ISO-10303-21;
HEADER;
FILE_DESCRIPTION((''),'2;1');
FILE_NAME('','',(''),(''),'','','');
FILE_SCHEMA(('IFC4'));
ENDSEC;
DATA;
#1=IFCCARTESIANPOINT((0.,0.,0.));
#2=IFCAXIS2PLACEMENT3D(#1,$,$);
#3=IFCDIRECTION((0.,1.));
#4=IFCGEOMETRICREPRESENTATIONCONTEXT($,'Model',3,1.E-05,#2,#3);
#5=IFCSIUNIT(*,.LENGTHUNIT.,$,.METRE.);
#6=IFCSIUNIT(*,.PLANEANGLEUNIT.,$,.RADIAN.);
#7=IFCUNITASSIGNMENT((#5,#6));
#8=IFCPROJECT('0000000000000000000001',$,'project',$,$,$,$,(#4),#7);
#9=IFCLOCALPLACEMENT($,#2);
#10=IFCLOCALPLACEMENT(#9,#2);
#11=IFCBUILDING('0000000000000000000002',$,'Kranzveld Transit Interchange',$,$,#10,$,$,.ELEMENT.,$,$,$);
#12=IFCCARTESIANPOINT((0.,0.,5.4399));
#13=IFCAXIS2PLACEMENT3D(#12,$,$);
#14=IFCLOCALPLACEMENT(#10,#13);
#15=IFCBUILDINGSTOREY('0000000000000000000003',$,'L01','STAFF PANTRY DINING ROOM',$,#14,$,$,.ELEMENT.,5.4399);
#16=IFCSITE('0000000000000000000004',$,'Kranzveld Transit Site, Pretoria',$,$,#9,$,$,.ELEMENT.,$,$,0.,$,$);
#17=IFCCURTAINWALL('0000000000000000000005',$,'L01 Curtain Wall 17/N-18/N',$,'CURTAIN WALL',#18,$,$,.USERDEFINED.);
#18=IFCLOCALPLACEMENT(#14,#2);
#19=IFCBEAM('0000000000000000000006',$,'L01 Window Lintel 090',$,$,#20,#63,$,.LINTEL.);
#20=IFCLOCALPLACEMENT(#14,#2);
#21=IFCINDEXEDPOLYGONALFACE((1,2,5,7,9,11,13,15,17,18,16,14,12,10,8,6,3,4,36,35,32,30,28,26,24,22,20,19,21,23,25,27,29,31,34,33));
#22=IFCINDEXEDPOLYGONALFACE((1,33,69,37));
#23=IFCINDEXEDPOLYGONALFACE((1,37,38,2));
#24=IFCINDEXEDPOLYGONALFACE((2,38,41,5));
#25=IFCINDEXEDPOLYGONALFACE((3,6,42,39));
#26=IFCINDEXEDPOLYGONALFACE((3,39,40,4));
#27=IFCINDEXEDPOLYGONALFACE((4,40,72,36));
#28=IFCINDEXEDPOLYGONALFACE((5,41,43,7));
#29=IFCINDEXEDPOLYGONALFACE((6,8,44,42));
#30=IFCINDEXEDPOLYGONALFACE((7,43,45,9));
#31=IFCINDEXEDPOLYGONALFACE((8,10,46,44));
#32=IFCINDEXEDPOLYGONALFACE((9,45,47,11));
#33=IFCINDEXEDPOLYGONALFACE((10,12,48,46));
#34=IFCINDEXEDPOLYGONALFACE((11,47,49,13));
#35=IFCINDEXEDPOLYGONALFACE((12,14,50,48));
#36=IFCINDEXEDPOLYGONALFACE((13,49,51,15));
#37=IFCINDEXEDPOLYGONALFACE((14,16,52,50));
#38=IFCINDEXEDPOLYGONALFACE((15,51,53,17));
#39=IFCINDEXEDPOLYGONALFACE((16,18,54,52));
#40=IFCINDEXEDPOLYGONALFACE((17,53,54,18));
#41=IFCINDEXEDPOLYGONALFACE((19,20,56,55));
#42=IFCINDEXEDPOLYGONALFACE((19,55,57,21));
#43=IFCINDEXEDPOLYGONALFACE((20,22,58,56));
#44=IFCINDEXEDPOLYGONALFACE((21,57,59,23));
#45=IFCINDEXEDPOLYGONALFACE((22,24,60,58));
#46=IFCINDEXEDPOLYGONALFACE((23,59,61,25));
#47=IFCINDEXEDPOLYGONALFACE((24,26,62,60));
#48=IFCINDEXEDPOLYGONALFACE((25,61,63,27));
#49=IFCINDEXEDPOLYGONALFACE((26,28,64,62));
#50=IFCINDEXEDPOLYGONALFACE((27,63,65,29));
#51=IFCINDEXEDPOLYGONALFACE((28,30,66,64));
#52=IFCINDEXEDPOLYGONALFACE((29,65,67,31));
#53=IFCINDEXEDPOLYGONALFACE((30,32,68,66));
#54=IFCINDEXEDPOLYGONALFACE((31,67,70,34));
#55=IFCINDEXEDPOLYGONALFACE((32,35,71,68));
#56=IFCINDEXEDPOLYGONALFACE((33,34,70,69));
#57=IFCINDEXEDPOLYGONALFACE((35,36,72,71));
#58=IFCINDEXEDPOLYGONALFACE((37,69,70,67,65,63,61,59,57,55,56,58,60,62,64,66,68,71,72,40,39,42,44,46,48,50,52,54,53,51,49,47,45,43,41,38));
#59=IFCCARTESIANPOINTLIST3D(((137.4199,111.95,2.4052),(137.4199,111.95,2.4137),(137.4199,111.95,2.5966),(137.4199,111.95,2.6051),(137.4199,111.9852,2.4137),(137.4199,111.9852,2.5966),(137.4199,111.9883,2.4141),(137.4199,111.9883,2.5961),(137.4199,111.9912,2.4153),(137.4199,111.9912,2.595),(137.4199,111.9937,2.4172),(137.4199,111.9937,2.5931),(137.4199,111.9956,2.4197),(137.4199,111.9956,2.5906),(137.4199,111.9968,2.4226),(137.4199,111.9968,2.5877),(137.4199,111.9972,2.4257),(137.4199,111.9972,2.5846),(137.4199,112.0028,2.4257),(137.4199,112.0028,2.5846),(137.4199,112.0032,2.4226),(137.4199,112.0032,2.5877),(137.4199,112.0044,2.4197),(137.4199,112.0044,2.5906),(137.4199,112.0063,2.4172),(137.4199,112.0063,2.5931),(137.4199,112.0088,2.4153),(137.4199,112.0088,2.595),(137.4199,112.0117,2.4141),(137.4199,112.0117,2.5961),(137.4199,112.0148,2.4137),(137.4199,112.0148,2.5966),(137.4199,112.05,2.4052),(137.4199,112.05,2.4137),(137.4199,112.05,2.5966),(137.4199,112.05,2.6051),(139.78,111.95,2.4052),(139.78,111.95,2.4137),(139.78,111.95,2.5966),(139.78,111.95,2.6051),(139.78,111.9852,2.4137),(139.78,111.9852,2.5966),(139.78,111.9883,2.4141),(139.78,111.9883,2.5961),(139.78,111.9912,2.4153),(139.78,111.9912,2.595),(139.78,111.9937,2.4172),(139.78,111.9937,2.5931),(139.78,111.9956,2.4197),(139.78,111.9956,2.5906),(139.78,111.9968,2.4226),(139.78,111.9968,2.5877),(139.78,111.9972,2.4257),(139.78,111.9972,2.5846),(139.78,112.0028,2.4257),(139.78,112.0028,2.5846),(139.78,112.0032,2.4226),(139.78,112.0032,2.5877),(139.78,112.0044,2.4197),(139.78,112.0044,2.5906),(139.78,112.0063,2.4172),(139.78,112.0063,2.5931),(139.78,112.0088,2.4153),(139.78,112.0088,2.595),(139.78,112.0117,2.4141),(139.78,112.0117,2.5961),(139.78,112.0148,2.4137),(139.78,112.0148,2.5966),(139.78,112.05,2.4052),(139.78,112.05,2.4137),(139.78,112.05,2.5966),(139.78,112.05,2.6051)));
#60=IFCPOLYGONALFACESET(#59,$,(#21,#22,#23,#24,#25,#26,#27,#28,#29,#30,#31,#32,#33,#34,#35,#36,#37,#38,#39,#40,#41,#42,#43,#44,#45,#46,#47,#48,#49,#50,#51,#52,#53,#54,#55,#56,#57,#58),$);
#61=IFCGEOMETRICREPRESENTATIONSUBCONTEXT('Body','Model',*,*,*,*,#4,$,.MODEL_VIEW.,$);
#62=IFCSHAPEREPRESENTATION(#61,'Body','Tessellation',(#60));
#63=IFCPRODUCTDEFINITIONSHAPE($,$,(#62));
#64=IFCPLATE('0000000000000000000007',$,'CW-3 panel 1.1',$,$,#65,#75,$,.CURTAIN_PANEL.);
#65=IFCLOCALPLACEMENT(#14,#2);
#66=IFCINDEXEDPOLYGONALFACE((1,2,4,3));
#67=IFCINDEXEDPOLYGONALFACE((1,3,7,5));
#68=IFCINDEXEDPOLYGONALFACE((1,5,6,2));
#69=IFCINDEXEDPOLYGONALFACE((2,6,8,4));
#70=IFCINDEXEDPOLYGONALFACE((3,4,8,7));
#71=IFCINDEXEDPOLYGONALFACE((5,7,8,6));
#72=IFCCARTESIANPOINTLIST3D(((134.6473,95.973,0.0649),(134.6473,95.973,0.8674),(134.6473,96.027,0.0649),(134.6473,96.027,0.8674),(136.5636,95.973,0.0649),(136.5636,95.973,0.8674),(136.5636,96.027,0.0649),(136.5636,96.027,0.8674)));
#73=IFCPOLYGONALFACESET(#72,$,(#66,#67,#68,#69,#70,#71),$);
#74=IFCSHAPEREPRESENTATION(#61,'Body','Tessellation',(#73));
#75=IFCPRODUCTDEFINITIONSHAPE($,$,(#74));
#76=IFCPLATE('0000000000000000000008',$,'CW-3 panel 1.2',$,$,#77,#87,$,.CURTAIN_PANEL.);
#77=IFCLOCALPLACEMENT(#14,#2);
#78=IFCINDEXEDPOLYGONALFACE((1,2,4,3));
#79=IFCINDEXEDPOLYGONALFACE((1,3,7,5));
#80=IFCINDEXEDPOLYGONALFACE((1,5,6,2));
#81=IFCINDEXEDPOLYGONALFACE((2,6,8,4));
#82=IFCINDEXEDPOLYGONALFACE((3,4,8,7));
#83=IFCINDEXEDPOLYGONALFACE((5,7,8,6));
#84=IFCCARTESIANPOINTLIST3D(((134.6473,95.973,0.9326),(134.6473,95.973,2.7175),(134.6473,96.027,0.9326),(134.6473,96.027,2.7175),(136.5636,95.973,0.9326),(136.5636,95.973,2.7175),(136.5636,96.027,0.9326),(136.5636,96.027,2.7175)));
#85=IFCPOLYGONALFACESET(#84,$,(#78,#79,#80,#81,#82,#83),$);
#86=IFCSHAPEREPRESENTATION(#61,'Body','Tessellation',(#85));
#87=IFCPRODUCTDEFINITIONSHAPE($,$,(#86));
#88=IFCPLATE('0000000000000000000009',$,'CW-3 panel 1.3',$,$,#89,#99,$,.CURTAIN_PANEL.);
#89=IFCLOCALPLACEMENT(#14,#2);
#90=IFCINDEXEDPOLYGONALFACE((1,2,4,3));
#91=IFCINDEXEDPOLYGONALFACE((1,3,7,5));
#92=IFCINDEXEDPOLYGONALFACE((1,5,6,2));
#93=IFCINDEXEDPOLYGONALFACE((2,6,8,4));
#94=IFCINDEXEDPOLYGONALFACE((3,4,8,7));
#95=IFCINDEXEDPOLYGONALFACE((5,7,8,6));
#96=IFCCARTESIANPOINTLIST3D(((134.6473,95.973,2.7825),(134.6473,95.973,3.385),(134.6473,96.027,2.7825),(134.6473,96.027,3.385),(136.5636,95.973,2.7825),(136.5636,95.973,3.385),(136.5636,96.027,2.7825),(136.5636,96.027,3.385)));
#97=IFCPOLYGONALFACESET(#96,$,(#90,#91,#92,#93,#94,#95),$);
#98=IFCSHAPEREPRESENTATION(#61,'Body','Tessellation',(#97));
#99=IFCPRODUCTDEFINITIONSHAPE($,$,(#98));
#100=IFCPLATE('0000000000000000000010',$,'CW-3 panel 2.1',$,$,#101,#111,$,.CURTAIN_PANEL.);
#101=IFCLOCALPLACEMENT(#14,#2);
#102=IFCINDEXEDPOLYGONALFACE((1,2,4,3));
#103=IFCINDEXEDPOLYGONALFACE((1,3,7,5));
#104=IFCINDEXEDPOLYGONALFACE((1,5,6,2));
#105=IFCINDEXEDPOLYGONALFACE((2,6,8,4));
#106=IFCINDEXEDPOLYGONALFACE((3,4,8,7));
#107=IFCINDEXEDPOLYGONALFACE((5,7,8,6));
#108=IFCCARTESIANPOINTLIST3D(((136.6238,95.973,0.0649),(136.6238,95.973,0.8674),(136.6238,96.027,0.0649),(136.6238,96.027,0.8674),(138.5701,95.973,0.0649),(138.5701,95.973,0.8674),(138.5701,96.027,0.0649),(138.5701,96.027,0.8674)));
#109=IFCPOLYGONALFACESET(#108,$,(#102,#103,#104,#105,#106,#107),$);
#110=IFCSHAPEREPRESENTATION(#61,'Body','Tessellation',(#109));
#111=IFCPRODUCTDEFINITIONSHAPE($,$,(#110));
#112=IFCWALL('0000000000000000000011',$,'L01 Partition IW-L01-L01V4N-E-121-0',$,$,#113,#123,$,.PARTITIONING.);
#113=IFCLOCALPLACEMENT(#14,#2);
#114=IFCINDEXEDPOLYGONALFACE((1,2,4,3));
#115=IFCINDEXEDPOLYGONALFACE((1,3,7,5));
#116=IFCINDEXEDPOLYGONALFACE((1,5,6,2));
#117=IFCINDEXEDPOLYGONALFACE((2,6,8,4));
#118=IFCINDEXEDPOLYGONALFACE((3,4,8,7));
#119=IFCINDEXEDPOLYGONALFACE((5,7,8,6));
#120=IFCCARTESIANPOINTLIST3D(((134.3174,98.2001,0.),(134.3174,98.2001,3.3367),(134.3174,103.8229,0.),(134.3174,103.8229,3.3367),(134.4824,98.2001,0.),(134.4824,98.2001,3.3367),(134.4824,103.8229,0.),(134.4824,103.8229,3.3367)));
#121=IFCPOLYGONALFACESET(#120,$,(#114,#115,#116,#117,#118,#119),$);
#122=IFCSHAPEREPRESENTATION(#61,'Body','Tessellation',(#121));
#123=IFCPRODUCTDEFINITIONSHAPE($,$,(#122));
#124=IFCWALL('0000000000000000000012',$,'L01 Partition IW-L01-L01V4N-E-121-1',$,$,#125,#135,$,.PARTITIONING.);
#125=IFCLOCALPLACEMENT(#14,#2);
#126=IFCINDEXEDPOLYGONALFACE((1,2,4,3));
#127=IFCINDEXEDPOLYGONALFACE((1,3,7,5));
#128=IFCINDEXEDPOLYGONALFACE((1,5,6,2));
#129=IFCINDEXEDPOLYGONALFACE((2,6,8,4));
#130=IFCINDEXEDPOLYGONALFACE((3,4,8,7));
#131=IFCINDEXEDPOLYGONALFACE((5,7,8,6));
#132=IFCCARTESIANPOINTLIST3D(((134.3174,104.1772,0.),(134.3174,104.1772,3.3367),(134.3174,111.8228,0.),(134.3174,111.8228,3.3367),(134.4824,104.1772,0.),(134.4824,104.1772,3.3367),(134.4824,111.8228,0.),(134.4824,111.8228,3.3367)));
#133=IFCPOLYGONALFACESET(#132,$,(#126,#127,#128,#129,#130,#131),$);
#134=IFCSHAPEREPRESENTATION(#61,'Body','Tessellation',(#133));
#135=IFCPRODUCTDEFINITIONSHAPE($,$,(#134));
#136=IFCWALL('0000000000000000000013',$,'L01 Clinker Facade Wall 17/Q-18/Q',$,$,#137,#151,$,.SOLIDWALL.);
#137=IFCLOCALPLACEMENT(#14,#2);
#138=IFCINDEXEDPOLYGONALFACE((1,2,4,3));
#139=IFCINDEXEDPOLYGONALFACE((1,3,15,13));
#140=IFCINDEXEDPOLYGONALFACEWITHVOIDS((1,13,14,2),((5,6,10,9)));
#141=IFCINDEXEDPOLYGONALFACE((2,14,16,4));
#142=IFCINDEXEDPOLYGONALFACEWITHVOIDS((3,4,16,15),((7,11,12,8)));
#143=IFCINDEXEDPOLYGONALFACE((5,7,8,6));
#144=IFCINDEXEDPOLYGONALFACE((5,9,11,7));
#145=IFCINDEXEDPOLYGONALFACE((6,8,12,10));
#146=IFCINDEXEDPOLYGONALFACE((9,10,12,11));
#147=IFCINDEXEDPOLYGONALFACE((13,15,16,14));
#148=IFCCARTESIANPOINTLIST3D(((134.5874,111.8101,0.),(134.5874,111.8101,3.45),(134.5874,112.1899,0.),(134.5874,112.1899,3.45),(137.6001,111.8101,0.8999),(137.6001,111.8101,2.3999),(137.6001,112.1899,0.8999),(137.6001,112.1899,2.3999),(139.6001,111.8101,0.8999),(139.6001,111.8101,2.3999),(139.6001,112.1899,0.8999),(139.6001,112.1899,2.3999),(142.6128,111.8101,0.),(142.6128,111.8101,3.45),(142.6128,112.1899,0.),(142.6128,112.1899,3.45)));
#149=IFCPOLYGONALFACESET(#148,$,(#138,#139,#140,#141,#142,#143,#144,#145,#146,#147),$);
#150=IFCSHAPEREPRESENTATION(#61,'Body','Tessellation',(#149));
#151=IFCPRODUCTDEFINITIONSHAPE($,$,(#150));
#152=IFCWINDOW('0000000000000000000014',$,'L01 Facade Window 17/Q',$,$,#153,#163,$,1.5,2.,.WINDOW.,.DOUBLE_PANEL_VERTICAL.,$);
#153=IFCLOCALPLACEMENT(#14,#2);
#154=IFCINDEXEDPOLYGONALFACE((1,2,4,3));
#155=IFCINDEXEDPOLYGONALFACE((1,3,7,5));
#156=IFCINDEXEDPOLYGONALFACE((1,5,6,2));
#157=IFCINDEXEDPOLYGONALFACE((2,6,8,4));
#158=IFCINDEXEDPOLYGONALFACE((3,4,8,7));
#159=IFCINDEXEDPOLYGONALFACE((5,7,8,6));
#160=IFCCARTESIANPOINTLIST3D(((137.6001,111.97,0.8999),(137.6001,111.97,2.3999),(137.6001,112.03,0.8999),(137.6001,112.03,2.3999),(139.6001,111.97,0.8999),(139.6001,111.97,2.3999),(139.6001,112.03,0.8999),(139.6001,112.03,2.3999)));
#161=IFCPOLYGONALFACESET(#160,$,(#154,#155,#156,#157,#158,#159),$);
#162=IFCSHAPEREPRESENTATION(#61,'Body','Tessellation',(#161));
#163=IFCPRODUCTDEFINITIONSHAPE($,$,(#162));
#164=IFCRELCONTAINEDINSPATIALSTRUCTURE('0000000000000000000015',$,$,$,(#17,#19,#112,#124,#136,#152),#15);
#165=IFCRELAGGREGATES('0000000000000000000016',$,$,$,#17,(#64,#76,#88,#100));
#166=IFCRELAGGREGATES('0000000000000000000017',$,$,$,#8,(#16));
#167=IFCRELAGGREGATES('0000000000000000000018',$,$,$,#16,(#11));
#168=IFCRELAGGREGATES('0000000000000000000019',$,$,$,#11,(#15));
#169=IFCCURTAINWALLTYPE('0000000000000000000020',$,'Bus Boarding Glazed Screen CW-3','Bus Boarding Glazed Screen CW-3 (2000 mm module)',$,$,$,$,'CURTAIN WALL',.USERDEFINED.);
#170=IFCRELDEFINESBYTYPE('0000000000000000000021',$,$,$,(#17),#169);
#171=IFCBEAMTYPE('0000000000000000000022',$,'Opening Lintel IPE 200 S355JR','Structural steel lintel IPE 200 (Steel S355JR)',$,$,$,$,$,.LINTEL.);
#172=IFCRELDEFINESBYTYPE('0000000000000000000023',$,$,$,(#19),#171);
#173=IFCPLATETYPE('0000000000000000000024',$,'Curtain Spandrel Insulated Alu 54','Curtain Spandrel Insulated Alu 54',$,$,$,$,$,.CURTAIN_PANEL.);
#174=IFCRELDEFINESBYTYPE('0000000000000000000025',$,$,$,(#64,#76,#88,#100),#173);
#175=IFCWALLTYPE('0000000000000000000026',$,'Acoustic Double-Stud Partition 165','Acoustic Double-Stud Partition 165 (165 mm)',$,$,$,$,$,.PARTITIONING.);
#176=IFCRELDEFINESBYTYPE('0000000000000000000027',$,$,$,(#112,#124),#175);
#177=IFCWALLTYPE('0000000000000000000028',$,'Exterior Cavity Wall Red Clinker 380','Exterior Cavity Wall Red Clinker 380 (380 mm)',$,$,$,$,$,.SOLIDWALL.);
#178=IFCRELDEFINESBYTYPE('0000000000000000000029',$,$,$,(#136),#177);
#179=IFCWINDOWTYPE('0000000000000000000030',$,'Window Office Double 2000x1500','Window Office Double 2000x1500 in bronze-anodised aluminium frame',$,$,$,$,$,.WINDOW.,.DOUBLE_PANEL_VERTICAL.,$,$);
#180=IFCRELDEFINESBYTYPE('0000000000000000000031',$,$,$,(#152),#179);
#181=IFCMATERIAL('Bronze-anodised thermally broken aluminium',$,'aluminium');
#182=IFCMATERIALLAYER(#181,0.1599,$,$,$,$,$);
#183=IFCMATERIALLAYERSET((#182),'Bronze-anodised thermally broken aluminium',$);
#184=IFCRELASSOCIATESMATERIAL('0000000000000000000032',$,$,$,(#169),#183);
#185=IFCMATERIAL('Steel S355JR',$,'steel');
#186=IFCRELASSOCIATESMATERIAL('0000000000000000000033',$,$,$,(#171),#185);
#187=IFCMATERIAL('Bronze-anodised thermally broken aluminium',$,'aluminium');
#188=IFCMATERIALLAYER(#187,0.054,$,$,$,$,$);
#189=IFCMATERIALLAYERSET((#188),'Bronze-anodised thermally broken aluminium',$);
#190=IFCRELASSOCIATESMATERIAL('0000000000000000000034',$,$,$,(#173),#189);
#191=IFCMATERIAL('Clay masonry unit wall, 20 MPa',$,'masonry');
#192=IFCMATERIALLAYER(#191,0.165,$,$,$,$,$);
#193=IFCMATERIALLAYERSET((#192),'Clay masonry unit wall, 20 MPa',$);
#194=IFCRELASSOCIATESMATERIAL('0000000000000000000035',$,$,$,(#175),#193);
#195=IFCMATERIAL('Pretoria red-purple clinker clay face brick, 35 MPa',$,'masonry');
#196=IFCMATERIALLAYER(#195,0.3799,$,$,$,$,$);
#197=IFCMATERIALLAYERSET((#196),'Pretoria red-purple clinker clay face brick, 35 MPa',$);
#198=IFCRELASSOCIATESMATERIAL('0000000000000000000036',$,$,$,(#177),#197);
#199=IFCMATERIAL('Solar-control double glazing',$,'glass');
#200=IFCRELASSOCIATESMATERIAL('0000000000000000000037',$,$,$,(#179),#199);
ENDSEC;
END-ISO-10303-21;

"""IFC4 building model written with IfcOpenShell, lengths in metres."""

from ifc_helpers import new_model, si_unit, direction, frame, frame_2d, origin, origin_2d, place, context, subcontext, project, spatial, rectangle, i_section, extrude, material, layer, layer_set, material_profile, profile_set, type_object, element, fill, aggregate, save


model = new_model("IFC4")

# Units and contexts
model_context = context("Model", 3, precision=1e-05, world=origin(), true_north=direction((0.0, 1.0)))
body_context = subcontext(model_context, "Body", "Model", "MODEL_VIEW")
ifc_project = project(units=[si_unit("LENGTHUNIT", "METRE"), si_unit("PLANEANGLEUNIT", "RADIAN")], contexts=[model_context])

# Site, building, storey
site_placement = place(None, origin())
site = spatial("IfcSite", under=ifc_project, at=site_placement, Name="Kranzveld Transit Site, Pretoria", CompositionType="ELEMENT", RefElevation=0.0)
building_placement = place(site_placement, origin())
building = spatial("IfcBuilding", under=site, at=building_placement, Name="Kranzveld Transit Interchange", CompositionType="ELEMENT")
storey_placement = place(building_placement, frame((0.0, 0.0, 5.4399)))
storey = spatial("IfcBuildingStorey", under=building, at=storey_placement, Name="L01", Description="STAFF PANTRY DINING ROOM", CompositionType="ELEMENT", Elevation=5.4399)

# Curtain wall
ifc_material_1 = material(Name="Bronze-anodised thermally broken aluminium", Category="aluminium")
ifc_layer_1 = layer(ifc_material_1, 0.1599)
ifc_layer_set_1 = layer_set([ifc_layer_1], Name="Bronze-anodised thermally broken aluminium")
curtain_wall_type = type_object("IfcCurtainWallType", Name="Bus Boarding Glazed Screen CW-3", Description="Bus Boarding Glazed Screen CW-3 (2000 mm module)", ElementType="CURTAIN WALL", PredefinedType="USERDEFINED", material=ifc_layer_set_1)
curtain_wall_placement = place(storey_placement, origin())
curtain_wall = element("IfcCurtainWall", 1, at=curtain_wall_placement, inside=storey, type_object=curtain_wall_type, Name="L01 Curtain Wall 17/N-18/N", ObjectType="CURTAIN WALL", PredefinedType="USERDEFINED")

# Beam
ifc_material_2 = material(Name="Steel S355JR", Category="steel")
ifc_material_profile_1 = material_profile(ifc_material_2, i_section(OverallWidth=0.1001, OverallDepth=0.2, WebThickness=0.0056, FlangeThickness=0.0085, FilletRadius=0.012, at=origin_2d()), Name="IPE 200")
ifc_profile_set_1 = profile_set([ifc_material_profile_1], Name="Steel S355JR")
beam_type_1 = type_object("IfcBeamType", Name="Opening Lintel IPE 200 S355JR", Description="Structural steel lintel IPE 200 (Steel S355JR)", PredefinedType="LINTEL", material=ifc_profile_set_1)
beam_1_placement = place(storey_placement, frame((137.4199, 112.0, 2.5051), z_axis=(1.0, 0.0, 0.0), x_axis=(0.0, 1.0, 0.0)))
element("IfcBeam", 2, at=beam_1_placement, inside=storey, type_object=beam_type_1, Name="L01 Window Lintel 090", PredefinedType="LINTEL", context=body_context, shape_type="SweptSolid", body=[
    extrude(i_section(OverallWidth=0.1001, OverallDepth=0.2, WebThickness=0.0056, FlangeThickness=0.0085, FilletRadius=0.012, at=origin_2d()), origin(), (0.0, 0.0, 1.0), 2.3601),
])

# Plates
ifc_material_3 = material(Name="Bronze-anodised thermally broken aluminium", Category="aluminium")
ifc_layer_2 = layer(ifc_material_3, 0.054)
ifc_layer_set_2 = layer_set([ifc_layer_2], Name="Bronze-anodised thermally broken aluminium")
plate_type = type_object("IfcPlateType", Name="Curtain Spandrel Insulated Alu 54", Description="Curtain Spandrel Insulated Alu 54", PredefinedType="CURTAIN_PANEL", material=ifc_layer_set_2)
plate_1_placement = place(storey_placement, frame((135.6055, 96.0, 0.0649), z_axis=(0.0, 0.0, 1.0), x_axis=(1.0, 0.0, 0.0)))
plate_1 = element("IfcPlate", 3, at=plate_1_placement, type_object=plate_type, Name="CW-3 panel 1.1", PredefinedType="CURTAIN_PANEL", context=body_context, shape_type="SweptSolid", body=[
    extrude(rectangle(XDim=1.9163, YDim=0.054, at=origin_2d()), origin(), (0.0, 0.0, 1.0), 0.8025),
])
plate_2_placement = place(storey_placement, frame((135.6055, 96.0, 0.9326), z_axis=(0.0, 0.0, 1.0), x_axis=(1.0, 0.0, 0.0)))
plate_2 = element("IfcPlate", 4, at=plate_2_placement, type_object=plate_type, Name="CW-3 panel 1.2", PredefinedType="CURTAIN_PANEL", context=body_context, shape_type="SweptSolid", body=[
    extrude(rectangle(XDim=1.9163, YDim=0.054, at=origin_2d()), origin(), (0.0, 0.0, 1.0), 1.7849),
])
plate_3_placement = place(storey_placement, frame((135.6055, 96.0, 2.7825), z_axis=(0.0, 0.0, 1.0), x_axis=(1.0, 0.0, 0.0)))
plate_3 = element("IfcPlate", 5, at=plate_3_placement, type_object=plate_type, Name="CW-3 panel 1.3", PredefinedType="CURTAIN_PANEL", context=body_context, shape_type="SweptSolid", body=[
    extrude(rectangle(XDim=1.9163, YDim=0.054, at=origin_2d()), origin(), (0.0, 0.0, 1.0), 0.6025),
])
plate_4_placement = place(storey_placement, frame((137.5969, 96.0, 0.0649), z_axis=(0.0, 0.0, 1.0), x_axis=(1.0, 0.0, 0.0)))
plate_4 = element("IfcPlate", 6, at=plate_4_placement, type_object=plate_type, Name="CW-3 panel 2.1", PredefinedType="CURTAIN_PANEL", context=body_context, shape_type="SweptSolid", body=[
    extrude(rectangle(XDim=1.9463, YDim=0.054, at=origin_2d()), origin(), (0.0, 0.0, 1.0), 0.8025),
])
aggregate(curtain_wall, [plate_1, plate_2, plate_3, plate_4])

# Walls
ifc_material_4 = material(Name="Clay masonry unit wall, 20 MPa", Category="masonry")
ifc_layer_3 = layer(ifc_material_4, 0.165)
ifc_layer_set_3 = layer_set([ifc_layer_3], Name="Clay masonry unit wall, 20 MPa")
wall_type_1 = type_object("IfcWallType", Name="Acoustic Double-Stud Partition 165", Description="Acoustic Double-Stud Partition 165 (165 mm)", PredefinedType="PARTITIONING", material=ifc_layer_set_3)
wall_1_placement = place(storey_placement, frame((134.3999, 98.2, 0.0), z_axis=(0.0, 0.0, 1.0), x_axis=(0.0, 1.0, 0.0)))
element("IfcWall", 7, at=wall_1_placement, inside=storey, type_object=wall_type_1, Name="L01 Partition IW-L01-L01V4N-E-121-0", PredefinedType="PARTITIONING", context=body_context, shape_type="SweptSolid", body=[
    extrude(rectangle(XDim=5.6228, YDim=0.165, at=frame_2d((2.8115, 0.0))), origin(), (0.0, 0.0, 1.0), 3.3367),
])
wall_2_placement = place(storey_placement, frame((134.3999, 104.1772, 0.0), z_axis=(0.0, 0.0, 1.0), x_axis=(0.0, 1.0, 0.0)))
element("IfcWall", 8, at=wall_2_placement, inside=storey, type_object=wall_type_1, Name="L01 Partition IW-L01-L01V4N-E-121-1", PredefinedType="PARTITIONING", context=body_context, shape_type="SweptSolid", body=[
    extrude(rectangle(XDim=7.6455, YDim=0.165, at=frame_2d((3.8228, 0.0))), origin(), (0.0, 0.0, 1.0), 3.3367),
])

# Wall, opening, window
ifc_material_5 = material(Name="Pretoria red-purple clinker clay face brick, 35 MPa", Category="masonry")
ifc_layer_4 = layer(ifc_material_5, 0.3799)
ifc_layer_set_4 = layer_set([ifc_layer_4], Name="Pretoria red-purple clinker clay face brick, 35 MPa")
wall_type_2 = type_object("IfcWallType", Name="Exterior Cavity Wall Red Clinker 380", Description="Exterior Cavity Wall Red Clinker 380 (380 mm)", PredefinedType="SOLIDWALL", material=ifc_layer_set_4)
wall_3_placement = place(storey_placement, frame((134.5874, 112.0, 0.0), z_axis=(0.0, 0.0, 1.0), x_axis=(1.0, 0.0, 0.0)))
wall_3 = element("IfcWall", 9, at=wall_3_placement, inside=storey, type_object=wall_type_2, Name="L01 Clinker Facade Wall 17/Q-18/Q", PredefinedType="SOLIDWALL", context=body_context, shape_type="SweptSolid", body=[
    extrude(rectangle(XDim=8.0254, YDim=0.3799, at=frame_2d((4.0127, 0.0))), origin(), (0.0, 0.0, 1.0), 3.45),
])
opening_1_placement = place(wall_3_placement, frame((3.0127, 0.0, 0.8999), z_axis=(0.0, 0.0, 1.0), x_axis=(1.0, 0.0, 0.0)))
opening_1 = element("IfcOpeningElement", 10, at=opening_1_placement, cuts=wall_3, PredefinedType="OPENING", context=body_context, shape_type="SweptSolid", body=[
    extrude(rectangle(XDim=2.0, YDim=1.5, at=frame_2d((1.0, 0.75))), frame((0.0, 0.2, 0.0), z_axis=(0.0, -1.0, 0.0), x_axis=(1.0, 0.0, 0.0)), (0.0, 0.0, 1.0), 0.3999),
])
ifc_material_6 = material(Name="Solar-control double glazing", Category="glass")
window_type = type_object("IfcWindowType", Name="Window Office Double 2000x1500", Description="Window Office Double 2000x1500 in bronze-anodised aluminium frame", PartitioningType="DOUBLE_PANEL_VERTICAL", PredefinedType="WINDOW", material=ifc_material_6)
window_placement = place(opening_1_placement, origin())
window = element("IfcWindow", 11, at=window_placement, inside=storey, type_object=window_type, Name="L01 Facade Window 17/Q", OverallHeight=1.5, OverallWidth=2.0, PartitioningType="DOUBLE_PANEL_VERTICAL", PredefinedType="WINDOW", context=body_context, shape_type="SweptSolid", body=[
    extrude(rectangle(XDim=2.0, YDim=1.5, at=frame_2d((1.0, 0.75))), frame((0.0, 0.03, 0.0), z_axis=(0.0, -1.0, 0.0), x_axis=(1.0, 0.0, 0.0)), (0.0, 0.0, 1.0), 0.0601),
])
fill(opening_1, window)

save(model, "model.ifc")
